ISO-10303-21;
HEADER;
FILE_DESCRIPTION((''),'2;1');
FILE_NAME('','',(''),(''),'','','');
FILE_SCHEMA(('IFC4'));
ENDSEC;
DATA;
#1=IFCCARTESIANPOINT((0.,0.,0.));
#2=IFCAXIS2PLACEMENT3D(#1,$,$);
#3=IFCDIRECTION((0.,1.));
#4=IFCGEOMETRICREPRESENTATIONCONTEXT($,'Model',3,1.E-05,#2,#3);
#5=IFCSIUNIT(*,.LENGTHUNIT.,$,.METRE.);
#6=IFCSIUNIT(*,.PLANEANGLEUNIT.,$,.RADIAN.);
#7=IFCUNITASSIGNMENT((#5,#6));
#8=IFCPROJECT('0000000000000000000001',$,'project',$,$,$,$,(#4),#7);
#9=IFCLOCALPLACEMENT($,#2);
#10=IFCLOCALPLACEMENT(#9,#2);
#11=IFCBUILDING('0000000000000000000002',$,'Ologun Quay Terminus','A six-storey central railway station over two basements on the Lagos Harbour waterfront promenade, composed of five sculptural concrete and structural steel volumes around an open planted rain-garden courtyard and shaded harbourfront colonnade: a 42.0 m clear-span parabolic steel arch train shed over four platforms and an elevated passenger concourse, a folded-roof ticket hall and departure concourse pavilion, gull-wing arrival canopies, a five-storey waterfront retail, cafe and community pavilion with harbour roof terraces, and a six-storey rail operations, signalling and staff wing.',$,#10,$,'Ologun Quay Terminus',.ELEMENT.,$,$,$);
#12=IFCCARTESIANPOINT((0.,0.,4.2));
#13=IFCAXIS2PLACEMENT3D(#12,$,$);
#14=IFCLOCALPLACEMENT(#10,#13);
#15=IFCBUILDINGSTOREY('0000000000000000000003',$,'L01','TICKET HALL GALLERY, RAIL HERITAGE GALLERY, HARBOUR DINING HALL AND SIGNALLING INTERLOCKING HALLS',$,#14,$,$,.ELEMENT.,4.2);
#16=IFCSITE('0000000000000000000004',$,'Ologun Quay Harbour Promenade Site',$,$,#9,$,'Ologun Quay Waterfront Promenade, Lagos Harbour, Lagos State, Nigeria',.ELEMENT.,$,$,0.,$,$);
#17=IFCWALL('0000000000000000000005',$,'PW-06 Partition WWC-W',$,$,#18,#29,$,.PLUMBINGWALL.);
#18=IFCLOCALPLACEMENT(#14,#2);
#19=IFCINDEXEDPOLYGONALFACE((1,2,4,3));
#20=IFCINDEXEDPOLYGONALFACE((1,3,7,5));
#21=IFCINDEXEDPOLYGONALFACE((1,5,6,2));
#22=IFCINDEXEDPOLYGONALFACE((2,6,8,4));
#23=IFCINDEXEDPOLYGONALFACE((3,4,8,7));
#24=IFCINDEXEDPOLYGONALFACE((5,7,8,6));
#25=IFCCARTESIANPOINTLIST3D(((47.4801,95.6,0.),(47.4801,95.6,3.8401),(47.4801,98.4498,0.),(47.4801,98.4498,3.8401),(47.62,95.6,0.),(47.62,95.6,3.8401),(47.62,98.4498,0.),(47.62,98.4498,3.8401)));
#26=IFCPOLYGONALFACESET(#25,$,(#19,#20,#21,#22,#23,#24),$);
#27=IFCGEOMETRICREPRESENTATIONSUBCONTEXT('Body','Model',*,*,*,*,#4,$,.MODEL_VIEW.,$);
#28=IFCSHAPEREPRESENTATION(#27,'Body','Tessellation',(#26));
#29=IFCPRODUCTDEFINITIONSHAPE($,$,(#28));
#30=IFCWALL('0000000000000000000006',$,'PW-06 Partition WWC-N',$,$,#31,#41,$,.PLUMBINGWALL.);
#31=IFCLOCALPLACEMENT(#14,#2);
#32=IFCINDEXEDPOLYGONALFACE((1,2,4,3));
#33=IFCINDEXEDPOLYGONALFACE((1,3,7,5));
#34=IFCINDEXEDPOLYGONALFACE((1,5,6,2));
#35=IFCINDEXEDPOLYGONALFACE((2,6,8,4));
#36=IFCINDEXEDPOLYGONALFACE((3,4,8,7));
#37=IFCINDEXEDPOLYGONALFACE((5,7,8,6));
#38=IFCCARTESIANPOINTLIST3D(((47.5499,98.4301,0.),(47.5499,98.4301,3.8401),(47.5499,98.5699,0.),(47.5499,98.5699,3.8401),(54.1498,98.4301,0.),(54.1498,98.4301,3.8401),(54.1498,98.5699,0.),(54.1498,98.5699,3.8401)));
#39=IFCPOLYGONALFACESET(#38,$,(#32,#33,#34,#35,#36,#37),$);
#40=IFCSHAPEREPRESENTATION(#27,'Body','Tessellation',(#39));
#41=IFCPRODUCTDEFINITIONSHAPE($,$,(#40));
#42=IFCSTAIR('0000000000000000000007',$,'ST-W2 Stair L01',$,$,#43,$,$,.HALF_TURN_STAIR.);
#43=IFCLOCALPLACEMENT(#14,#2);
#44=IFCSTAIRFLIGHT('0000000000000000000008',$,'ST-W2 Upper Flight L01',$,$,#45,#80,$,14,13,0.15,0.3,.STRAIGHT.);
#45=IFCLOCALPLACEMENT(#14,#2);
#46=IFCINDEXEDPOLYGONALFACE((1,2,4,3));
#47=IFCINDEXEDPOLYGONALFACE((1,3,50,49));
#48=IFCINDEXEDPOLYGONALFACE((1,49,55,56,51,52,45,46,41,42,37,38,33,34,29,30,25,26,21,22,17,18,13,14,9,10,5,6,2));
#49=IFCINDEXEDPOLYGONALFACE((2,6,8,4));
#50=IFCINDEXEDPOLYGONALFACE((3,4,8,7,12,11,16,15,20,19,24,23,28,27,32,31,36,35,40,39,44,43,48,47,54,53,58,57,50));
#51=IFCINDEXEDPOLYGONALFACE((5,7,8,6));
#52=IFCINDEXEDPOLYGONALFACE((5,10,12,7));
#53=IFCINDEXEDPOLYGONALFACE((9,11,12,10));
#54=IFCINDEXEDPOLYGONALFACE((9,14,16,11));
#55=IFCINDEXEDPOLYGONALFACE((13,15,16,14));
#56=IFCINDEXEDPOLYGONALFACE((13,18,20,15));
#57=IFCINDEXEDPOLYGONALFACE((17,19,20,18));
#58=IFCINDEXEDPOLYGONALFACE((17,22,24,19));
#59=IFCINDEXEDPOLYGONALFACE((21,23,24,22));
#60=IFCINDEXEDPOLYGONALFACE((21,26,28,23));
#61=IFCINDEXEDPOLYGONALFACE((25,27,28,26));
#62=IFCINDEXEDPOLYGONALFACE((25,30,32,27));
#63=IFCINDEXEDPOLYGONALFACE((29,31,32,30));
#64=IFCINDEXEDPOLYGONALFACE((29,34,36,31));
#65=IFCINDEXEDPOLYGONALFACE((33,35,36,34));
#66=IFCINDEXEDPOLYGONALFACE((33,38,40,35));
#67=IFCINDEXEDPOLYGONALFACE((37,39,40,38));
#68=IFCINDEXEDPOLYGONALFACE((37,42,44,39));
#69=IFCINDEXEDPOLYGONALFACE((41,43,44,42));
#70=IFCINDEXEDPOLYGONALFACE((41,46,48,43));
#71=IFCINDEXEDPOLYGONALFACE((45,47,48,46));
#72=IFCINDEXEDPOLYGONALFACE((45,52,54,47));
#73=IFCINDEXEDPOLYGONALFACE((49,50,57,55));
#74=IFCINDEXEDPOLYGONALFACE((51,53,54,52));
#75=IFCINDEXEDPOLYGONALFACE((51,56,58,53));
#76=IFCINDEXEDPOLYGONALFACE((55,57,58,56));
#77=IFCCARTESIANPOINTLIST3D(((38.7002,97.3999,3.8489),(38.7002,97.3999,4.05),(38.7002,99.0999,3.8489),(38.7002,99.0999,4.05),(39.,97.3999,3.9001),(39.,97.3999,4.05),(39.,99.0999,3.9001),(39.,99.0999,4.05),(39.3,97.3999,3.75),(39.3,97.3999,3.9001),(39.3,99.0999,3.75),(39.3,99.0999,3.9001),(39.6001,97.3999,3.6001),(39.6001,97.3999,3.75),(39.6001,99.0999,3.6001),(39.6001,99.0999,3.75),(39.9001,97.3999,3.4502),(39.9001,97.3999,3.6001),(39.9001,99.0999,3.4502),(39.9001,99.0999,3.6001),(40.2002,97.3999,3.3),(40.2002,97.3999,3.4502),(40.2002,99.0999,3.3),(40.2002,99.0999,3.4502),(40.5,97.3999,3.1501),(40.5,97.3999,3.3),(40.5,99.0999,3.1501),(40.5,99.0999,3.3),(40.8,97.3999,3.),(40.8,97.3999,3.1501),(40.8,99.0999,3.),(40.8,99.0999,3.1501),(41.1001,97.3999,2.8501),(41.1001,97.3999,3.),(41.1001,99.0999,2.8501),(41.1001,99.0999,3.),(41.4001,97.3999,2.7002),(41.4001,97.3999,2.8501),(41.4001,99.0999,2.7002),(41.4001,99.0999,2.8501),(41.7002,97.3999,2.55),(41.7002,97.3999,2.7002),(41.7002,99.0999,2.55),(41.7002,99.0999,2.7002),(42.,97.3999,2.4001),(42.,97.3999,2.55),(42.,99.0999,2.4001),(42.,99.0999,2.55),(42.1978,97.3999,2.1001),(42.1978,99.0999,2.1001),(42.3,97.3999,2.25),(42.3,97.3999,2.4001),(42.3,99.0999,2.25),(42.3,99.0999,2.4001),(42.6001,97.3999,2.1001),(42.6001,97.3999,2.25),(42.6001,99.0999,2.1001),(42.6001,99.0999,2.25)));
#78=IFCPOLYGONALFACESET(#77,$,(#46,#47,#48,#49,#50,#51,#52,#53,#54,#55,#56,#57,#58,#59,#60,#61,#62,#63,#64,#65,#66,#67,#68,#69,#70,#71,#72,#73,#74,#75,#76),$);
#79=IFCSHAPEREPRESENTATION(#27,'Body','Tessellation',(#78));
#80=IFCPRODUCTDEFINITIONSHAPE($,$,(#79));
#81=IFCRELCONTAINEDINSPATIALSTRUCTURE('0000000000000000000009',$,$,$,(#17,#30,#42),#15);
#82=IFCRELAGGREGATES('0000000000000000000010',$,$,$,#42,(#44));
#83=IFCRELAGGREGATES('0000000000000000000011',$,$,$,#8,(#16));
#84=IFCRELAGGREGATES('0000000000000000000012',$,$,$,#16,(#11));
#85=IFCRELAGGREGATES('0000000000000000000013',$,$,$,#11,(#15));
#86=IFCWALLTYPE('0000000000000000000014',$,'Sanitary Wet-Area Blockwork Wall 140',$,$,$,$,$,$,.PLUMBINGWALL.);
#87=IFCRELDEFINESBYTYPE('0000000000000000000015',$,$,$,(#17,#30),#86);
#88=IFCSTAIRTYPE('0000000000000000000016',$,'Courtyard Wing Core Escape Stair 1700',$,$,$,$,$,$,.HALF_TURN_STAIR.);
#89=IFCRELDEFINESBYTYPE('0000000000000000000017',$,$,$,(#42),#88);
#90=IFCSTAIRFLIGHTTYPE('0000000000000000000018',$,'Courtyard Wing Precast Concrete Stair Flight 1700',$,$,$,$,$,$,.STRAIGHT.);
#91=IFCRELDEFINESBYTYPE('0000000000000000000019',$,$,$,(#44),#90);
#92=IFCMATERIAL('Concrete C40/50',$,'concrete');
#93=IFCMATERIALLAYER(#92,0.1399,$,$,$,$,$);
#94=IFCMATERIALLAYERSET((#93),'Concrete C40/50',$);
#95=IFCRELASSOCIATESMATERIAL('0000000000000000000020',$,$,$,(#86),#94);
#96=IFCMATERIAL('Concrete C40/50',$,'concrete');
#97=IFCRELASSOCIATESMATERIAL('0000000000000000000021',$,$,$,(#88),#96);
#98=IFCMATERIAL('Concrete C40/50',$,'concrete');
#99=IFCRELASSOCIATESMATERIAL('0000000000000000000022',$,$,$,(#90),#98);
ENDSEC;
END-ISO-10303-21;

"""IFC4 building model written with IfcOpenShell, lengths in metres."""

from ifc_helpers import new_model, si_unit, direction, frame, frame_2d, origin, place, context, subcontext, project, spatial, polyline, rectangle, outline, extrude, material, layer, layer_set, type_object, element, aggregate, save


model = new_model("IFC4")

# Units and contexts
model_context = context("Model", 3, precision=1e-05, world=origin(), true_north=direction((0.0, 1.0)))
body_context = subcontext(model_context, "Body", "Model", "MODEL_VIEW")
ifc_project = project(units=[si_unit("LENGTHUNIT", "METRE"), si_unit("PLANEANGLEUNIT", "RADIAN")], contexts=[model_context])

# Site, building, storey
site_placement = place(None, origin())
site = spatial("IfcSite", under=ifc_project, at=site_placement, Name="Ologun Quay Harbour Promenade Site", LongName="Ologun Quay Waterfront Promenade, Lagos Harbour, Lagos State, Nigeria", CompositionType="ELEMENT", RefElevation=0.0)
building_placement = place(site_placement, origin())
building = spatial("IfcBuilding", under=site, at=building_placement, Name="Ologun Quay Terminus", Description="A six-storey central railway station over two basements on the Lagos Harbour waterfront promenade, composed of five sculptural concrete and structural steel volumes around an open planted rain-garden courtyard and shaded harbourfront colonnade: a 42.0 m clear-span parabolic steel arch train shed over four platforms and an elevated passenger concourse, a folded-roof ticket hall and departure concourse pavilion, gull-wing arrival canopies, a five-storey waterfront retail, cafe and community pavilion with harbour roof terraces, and a six-storey rail operations, signalling and staff wing.", LongName="Ologun Quay Terminus", CompositionType="ELEMENT")
storey_placement = place(building_placement, frame((0.0, 0.0, 4.2)))
storey = spatial("IfcBuildingStorey", under=building, at=storey_placement, Name="L01", Description="TICKET HALL GALLERY, RAIL HERITAGE GALLERY, HARBOUR DINING HALL AND SIGNALLING INTERLOCKING HALLS", CompositionType="ELEMENT", Elevation=4.2)

# Shared definitions
ifc_material_1 = material(Name="Concrete C40/50", Category="concrete")
ifc_layer_1 = layer(ifc_material_1, 0.1399)
ifc_layer_set_1 = layer_set([ifc_layer_1], Name="Concrete C40/50")
wall_type_1 = type_object("IfcWallType", Name="Sanitary Wet-Area Blockwork Wall 140", PredefinedType="PLUMBINGWALL", material=ifc_layer_set_1)

# Walls
wall_1_placement = place(storey_placement, frame((47.55, 95.6001, 0.0), z_axis=(0.0, 0.0, 1.0), x_axis=(0.0, 1.0, 0.0)))
element("IfcWall", 1, at=wall_1_placement, inside=storey, type_object=wall_type_1, Name="PW-06 Partition WWC-W", PredefinedType="PLUMBINGWALL", context=body_context, shape_type="SweptSolid", body=[
    extrude(rectangle(XDim=2.8499, YDim=0.1399, at=frame_2d((1.4248, 0.0))), origin(), (0.0, 0.0, 1.0), 3.8401),
])
wall_2_placement = place(storey_placement, frame((47.55, 98.5, 0.0), z_axis=(0.0, 0.0, 1.0), x_axis=(1.0, 0.0, 0.0)))
element("IfcWall", 2, at=wall_2_placement, inside=storey, type_object=wall_type_1, Name="PW-06 Partition WWC-N", PredefinedType="PLUMBINGWALL", context=body_context, shape_type="SweptSolid", body=[
    extrude(rectangle(XDim=6.5999, YDim=0.1399, at=frame_2d((3.2998, 0.0))), origin(), (0.0, 0.0, 1.0), 3.8401),
])

# Stair, stair flight
ifc_material_2 = material(Name="Concrete C40/50", Category="concrete")
stair_type = type_object("IfcStairType", Name="Courtyard Wing Core Escape Stair 1700", PredefinedType="HALF_TURN_STAIR", material=ifc_material_2)
stair_placement = place(storey_placement, origin())
stair = element("IfcStair", 3, at=stair_placement, inside=storey, type_object=stair_type, Name="ST-W2 Stair L01", PredefinedType="HALF_TURN_STAIR")
ifc_material_3 = material(Name="Concrete C40/50", Category="concrete")
stair_flight_type = type_object("IfcStairFlightType", Name="Courtyard Wing Precast Concrete Stair Flight 1700", PredefinedType="STRAIGHT", material=ifc_material_3)
stair_flight_placement = place(storey_placement, frame((42.6001, 98.25, 2.1001), z_axis=(0.0, 0.0, 1.0), x_axis=(-1.0, 0.0, 0.0)))
stair_flight = element("IfcStairFlight", 4, at=stair_flight_placement, type_object=stair_flight_type, Name="ST-W2 Upper Flight L01", NumberOfRisers=14, NumberOfTreads=13, PredefinedType="STRAIGHT", RiserHeight=0.15, TreadLength=0.3, context=body_context, shape_type="SweptSolid", body=[
    extrude(outline(polyline([(0.0, 0.0), (0.0, 0.1499), (0.3, 0.1499), (0.3, 0.3), (0.6001, 0.3), (0.6001, 0.45), (0.8999, 0.45), (0.8999, 0.6001), (1.2, 0.6001), (1.2, 0.75), (1.5, 0.75), (1.5, 0.8999), (1.8, 0.8999), (1.8, 1.05), (2.1001, 1.05), (2.1001, 1.2), (2.3999, 1.2), (2.3999, 1.3501), (2.7, 1.3501), (2.7, 1.5), (3.0, 1.5), (3.0, 1.6499), (3.3, 1.6499), (3.3, 1.8), (3.6001, 1.8), (3.6001, 1.95), (3.8999, 1.95), (3.8999, 2.1001), (3.8999, 1.7488), (0.4023, 0.0), (0.0, 0.0)])), frame((0.0, 0.8501, 0.0), z_axis=(0.0, -1.0, 0.0), x_axis=(1.0, 0.0, 0.0)), (0.0, 0.0, 1.0), 1.7),
])
aggregate(stair, [stair_flight])

save(model, "model.ifc")
